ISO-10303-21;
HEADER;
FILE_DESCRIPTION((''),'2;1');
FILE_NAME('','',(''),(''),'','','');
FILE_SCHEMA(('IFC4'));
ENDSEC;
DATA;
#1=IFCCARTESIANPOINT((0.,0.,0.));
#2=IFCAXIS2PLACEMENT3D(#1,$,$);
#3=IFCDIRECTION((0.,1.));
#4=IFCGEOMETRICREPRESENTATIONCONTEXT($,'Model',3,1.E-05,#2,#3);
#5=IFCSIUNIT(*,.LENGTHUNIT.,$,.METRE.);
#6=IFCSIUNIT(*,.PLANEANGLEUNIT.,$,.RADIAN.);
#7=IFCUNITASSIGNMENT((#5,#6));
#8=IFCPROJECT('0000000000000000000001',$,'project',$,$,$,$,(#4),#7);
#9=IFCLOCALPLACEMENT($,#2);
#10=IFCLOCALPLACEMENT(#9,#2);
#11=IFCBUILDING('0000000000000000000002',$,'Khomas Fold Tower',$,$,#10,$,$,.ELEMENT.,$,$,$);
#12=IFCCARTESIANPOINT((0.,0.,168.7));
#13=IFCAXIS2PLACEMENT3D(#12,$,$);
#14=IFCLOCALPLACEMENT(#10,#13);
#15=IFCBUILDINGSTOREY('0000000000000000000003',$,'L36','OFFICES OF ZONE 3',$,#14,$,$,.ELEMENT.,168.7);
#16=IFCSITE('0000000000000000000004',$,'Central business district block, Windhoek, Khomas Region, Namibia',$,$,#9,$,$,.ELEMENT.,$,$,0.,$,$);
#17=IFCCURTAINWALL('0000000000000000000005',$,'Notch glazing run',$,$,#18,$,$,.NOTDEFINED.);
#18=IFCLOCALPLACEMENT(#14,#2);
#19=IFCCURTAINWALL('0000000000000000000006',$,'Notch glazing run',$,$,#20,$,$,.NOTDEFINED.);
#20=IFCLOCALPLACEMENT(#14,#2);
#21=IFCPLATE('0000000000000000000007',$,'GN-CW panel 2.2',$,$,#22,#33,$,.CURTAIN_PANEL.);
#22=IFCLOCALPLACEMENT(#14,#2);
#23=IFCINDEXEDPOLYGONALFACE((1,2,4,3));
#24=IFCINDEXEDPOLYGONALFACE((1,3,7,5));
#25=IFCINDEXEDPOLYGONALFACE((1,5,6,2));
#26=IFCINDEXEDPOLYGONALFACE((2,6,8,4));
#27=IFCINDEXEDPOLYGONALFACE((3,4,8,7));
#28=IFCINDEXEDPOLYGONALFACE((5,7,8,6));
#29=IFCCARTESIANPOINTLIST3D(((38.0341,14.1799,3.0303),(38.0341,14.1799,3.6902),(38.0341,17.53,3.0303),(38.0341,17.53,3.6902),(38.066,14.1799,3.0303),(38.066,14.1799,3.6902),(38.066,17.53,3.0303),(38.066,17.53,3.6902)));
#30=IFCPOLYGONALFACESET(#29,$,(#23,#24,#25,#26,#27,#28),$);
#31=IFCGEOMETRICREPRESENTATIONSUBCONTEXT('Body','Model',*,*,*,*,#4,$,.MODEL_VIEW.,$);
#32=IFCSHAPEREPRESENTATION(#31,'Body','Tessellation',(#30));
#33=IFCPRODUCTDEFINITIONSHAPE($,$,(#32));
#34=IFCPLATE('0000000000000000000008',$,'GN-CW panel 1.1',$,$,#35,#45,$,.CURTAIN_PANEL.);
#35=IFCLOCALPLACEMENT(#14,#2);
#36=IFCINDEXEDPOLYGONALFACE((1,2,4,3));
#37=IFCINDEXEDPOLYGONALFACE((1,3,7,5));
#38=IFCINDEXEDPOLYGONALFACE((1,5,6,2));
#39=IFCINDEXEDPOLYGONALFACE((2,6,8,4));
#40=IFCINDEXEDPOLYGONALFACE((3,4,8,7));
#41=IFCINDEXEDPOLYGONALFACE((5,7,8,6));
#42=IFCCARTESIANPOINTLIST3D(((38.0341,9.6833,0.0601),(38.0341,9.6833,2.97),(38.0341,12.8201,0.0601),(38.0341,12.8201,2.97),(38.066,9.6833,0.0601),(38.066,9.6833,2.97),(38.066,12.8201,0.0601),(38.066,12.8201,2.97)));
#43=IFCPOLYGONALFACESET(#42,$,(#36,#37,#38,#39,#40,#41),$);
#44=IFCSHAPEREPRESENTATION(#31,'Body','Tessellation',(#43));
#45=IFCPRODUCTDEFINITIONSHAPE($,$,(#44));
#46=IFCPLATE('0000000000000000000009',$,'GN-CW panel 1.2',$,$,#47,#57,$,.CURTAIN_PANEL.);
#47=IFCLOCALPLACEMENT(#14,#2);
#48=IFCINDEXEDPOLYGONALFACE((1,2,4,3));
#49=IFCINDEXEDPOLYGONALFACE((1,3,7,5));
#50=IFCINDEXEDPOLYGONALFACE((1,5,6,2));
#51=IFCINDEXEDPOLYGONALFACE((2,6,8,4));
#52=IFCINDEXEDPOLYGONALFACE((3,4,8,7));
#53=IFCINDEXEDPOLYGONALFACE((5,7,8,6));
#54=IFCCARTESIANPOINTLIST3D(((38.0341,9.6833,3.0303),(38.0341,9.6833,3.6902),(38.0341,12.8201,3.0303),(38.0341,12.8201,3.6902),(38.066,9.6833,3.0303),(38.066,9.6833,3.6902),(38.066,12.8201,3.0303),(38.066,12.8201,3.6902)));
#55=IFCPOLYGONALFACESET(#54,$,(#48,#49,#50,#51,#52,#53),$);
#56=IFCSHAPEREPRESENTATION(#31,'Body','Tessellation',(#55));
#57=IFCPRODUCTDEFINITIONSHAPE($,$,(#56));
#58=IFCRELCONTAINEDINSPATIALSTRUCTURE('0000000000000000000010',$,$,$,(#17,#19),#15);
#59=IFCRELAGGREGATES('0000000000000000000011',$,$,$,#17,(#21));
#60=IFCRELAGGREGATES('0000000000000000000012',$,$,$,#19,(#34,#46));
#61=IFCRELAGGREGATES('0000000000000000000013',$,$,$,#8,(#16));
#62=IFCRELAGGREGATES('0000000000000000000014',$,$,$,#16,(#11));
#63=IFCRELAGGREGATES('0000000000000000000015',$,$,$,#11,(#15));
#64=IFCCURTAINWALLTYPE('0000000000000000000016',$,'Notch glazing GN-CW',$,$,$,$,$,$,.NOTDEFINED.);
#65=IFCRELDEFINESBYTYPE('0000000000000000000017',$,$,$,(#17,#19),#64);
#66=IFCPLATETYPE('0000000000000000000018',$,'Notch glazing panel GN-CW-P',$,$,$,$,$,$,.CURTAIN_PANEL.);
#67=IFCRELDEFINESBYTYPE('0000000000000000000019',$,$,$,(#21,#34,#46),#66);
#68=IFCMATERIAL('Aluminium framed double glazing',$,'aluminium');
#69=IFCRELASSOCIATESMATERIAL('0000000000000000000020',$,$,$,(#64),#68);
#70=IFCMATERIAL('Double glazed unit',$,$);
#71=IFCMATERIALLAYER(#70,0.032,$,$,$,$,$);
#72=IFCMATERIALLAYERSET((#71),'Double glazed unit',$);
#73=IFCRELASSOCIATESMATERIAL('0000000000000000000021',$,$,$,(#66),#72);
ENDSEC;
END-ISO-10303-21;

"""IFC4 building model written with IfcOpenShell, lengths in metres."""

from ifc_helpers import new_model, si_unit, direction, frame, origin, origin_2d, place, context, subcontext, project, spatial, rectangle, extrude, source, transform, mapped, material, layer, layer_set, type_object, element, aggregate, save


model = new_model("IFC4")

# Units and contexts
model_context = context("Model", 3, precision=1e-05, world=origin(), true_north=direction((0.0, 1.0)))
body_context = subcontext(model_context, "Body", "Model", "MODEL_VIEW")
ifc_project = project(units=[si_unit("LENGTHUNIT", "METRE"), si_unit("PLANEANGLEUNIT", "RADIAN")], contexts=[model_context])

# Site, building, storey
site_placement = place(None, origin())
site = spatial("IfcSite", under=ifc_project, at=site_placement, Name="Central business district block, Windhoek, Khomas Region, Namibia", CompositionType="ELEMENT", RefElevation=0.0)
building_placement = place(site_placement, origin())
building = spatial("IfcBuilding", under=site, at=building_placement, Name="Khomas Fold Tower", CompositionType="ELEMENT")
storey_placement = place(building_placement, frame((0.0, 0.0, 168.7)))
storey = spatial("IfcBuildingStorey", under=building, at=storey_placement, Name="L36", Description="OFFICES OF ZONE 3", CompositionType="ELEMENT", Elevation=168.7)

# Curtain walls
ifc_material_1 = material(Name="Aluminium framed double glazing", Category="aluminium")
curtain_wall_type_1 = type_object("IfcCurtainWallType", Name="Notch glazing GN-CW", PredefinedType="NOTDEFINED", material=ifc_material_1)
curtain_wall_1_placement = place(storey_placement, origin())
curtain_wall_1 = element("IfcCurtainWall", 1, at=curtain_wall_1_placement, inside=storey, type_object=curtain_wall_type_1, Name="Notch glazing run", PredefinedType="NOTDEFINED")
curtain_wall_2_placement = place(storey_placement, origin())
curtain_wall_2 = element("IfcCurtainWall", 2, at=curtain_wall_2_placement, inside=storey, type_object=curtain_wall_type_1, Name="Notch glazing run", PredefinedType="NOTDEFINED")

# Plates
ifc_material_2 = material(Name="Double glazed unit")
ifc_layer_1 = layer(ifc_material_2, 0.032)
ifc_layer_set_1 = layer_set([ifc_layer_1], Name="Double glazed unit")
plate_type_1 = type_object("IfcPlateType", Name="Notch glazing panel GN-CW-P", PredefinedType="CURTAIN_PANEL", material=ifc_layer_set_1)
shared_shape_1 = source(origin(), body_context, "Body", "SweptSolid", [
    extrude(rectangle(XDim=3.3501, YDim=0.032, at=origin_2d()), origin(), (0.0, 0.0, 1.0), 0.6599),
])
plate_1_placement = place(storey_placement, frame((38.05, 15.855, 3.0303), z_axis=(0.0, 0.0, 1.0), x_axis=(0.0, -1.0, 0.0)))
plate_1 = element("IfcPlate", 3, at=plate_1_placement, type_object=plate_type_1, Name="GN-CW panel 2.2", PredefinedType="CURTAIN_PANEL", context=body_context, shape_type="MappedRepresentation", body=[
    mapped(shared_shape_1, transform((0.0, 0.0, 0.0))),
])
aggregate(curtain_wall_1, [plate_1])
shared_shape_2 = source(origin(), body_context, "Body", "SweptSolid", [
    extrude(rectangle(XDim=3.1367, YDim=0.032, at=origin_2d()), origin(), (0.0, 0.0, 1.0), 2.9099),
])
plate_2_placement = place(storey_placement, frame((38.05, 11.2517, 0.0601), z_axis=(0.0, 0.0, 1.0), x_axis=(0.0, -1.0, 0.0)))
plate_2 = element("IfcPlate", 4, at=plate_2_placement, type_object=plate_type_1, Name="GN-CW panel 1.1", PredefinedType="CURTAIN_PANEL", context=body_context, shape_type="MappedRepresentation", body=[
    mapped(shared_shape_2, transform((0.0, 0.0, 0.0))),
])
shared_shape_3 = source(origin(), body_context, "Body", "SweptSolid", [
    extrude(rectangle(XDim=3.1367, YDim=0.032, at=origin_2d()), origin(), (0.0, 0.0, 1.0), 0.6599),
])
plate_3_placement = place(storey_placement, frame((38.05, 11.2517, 3.0303), z_axis=(0.0, 0.0, 1.0), x_axis=(0.0, -1.0, 0.0)))
plate_3 = element("IfcPlate", 5, at=plate_3_placement, type_object=plate_type_1, Name="GN-CW panel 1.2", PredefinedType="CURTAIN_PANEL", context=body_context, shape_type="MappedRepresentation", body=[
    mapped(shared_shape_3, transform((0.0, 0.0, 0.0))),
])
aggregate(curtain_wall_2, [plate_2, plate_3])

save(model, "model.ifc")
